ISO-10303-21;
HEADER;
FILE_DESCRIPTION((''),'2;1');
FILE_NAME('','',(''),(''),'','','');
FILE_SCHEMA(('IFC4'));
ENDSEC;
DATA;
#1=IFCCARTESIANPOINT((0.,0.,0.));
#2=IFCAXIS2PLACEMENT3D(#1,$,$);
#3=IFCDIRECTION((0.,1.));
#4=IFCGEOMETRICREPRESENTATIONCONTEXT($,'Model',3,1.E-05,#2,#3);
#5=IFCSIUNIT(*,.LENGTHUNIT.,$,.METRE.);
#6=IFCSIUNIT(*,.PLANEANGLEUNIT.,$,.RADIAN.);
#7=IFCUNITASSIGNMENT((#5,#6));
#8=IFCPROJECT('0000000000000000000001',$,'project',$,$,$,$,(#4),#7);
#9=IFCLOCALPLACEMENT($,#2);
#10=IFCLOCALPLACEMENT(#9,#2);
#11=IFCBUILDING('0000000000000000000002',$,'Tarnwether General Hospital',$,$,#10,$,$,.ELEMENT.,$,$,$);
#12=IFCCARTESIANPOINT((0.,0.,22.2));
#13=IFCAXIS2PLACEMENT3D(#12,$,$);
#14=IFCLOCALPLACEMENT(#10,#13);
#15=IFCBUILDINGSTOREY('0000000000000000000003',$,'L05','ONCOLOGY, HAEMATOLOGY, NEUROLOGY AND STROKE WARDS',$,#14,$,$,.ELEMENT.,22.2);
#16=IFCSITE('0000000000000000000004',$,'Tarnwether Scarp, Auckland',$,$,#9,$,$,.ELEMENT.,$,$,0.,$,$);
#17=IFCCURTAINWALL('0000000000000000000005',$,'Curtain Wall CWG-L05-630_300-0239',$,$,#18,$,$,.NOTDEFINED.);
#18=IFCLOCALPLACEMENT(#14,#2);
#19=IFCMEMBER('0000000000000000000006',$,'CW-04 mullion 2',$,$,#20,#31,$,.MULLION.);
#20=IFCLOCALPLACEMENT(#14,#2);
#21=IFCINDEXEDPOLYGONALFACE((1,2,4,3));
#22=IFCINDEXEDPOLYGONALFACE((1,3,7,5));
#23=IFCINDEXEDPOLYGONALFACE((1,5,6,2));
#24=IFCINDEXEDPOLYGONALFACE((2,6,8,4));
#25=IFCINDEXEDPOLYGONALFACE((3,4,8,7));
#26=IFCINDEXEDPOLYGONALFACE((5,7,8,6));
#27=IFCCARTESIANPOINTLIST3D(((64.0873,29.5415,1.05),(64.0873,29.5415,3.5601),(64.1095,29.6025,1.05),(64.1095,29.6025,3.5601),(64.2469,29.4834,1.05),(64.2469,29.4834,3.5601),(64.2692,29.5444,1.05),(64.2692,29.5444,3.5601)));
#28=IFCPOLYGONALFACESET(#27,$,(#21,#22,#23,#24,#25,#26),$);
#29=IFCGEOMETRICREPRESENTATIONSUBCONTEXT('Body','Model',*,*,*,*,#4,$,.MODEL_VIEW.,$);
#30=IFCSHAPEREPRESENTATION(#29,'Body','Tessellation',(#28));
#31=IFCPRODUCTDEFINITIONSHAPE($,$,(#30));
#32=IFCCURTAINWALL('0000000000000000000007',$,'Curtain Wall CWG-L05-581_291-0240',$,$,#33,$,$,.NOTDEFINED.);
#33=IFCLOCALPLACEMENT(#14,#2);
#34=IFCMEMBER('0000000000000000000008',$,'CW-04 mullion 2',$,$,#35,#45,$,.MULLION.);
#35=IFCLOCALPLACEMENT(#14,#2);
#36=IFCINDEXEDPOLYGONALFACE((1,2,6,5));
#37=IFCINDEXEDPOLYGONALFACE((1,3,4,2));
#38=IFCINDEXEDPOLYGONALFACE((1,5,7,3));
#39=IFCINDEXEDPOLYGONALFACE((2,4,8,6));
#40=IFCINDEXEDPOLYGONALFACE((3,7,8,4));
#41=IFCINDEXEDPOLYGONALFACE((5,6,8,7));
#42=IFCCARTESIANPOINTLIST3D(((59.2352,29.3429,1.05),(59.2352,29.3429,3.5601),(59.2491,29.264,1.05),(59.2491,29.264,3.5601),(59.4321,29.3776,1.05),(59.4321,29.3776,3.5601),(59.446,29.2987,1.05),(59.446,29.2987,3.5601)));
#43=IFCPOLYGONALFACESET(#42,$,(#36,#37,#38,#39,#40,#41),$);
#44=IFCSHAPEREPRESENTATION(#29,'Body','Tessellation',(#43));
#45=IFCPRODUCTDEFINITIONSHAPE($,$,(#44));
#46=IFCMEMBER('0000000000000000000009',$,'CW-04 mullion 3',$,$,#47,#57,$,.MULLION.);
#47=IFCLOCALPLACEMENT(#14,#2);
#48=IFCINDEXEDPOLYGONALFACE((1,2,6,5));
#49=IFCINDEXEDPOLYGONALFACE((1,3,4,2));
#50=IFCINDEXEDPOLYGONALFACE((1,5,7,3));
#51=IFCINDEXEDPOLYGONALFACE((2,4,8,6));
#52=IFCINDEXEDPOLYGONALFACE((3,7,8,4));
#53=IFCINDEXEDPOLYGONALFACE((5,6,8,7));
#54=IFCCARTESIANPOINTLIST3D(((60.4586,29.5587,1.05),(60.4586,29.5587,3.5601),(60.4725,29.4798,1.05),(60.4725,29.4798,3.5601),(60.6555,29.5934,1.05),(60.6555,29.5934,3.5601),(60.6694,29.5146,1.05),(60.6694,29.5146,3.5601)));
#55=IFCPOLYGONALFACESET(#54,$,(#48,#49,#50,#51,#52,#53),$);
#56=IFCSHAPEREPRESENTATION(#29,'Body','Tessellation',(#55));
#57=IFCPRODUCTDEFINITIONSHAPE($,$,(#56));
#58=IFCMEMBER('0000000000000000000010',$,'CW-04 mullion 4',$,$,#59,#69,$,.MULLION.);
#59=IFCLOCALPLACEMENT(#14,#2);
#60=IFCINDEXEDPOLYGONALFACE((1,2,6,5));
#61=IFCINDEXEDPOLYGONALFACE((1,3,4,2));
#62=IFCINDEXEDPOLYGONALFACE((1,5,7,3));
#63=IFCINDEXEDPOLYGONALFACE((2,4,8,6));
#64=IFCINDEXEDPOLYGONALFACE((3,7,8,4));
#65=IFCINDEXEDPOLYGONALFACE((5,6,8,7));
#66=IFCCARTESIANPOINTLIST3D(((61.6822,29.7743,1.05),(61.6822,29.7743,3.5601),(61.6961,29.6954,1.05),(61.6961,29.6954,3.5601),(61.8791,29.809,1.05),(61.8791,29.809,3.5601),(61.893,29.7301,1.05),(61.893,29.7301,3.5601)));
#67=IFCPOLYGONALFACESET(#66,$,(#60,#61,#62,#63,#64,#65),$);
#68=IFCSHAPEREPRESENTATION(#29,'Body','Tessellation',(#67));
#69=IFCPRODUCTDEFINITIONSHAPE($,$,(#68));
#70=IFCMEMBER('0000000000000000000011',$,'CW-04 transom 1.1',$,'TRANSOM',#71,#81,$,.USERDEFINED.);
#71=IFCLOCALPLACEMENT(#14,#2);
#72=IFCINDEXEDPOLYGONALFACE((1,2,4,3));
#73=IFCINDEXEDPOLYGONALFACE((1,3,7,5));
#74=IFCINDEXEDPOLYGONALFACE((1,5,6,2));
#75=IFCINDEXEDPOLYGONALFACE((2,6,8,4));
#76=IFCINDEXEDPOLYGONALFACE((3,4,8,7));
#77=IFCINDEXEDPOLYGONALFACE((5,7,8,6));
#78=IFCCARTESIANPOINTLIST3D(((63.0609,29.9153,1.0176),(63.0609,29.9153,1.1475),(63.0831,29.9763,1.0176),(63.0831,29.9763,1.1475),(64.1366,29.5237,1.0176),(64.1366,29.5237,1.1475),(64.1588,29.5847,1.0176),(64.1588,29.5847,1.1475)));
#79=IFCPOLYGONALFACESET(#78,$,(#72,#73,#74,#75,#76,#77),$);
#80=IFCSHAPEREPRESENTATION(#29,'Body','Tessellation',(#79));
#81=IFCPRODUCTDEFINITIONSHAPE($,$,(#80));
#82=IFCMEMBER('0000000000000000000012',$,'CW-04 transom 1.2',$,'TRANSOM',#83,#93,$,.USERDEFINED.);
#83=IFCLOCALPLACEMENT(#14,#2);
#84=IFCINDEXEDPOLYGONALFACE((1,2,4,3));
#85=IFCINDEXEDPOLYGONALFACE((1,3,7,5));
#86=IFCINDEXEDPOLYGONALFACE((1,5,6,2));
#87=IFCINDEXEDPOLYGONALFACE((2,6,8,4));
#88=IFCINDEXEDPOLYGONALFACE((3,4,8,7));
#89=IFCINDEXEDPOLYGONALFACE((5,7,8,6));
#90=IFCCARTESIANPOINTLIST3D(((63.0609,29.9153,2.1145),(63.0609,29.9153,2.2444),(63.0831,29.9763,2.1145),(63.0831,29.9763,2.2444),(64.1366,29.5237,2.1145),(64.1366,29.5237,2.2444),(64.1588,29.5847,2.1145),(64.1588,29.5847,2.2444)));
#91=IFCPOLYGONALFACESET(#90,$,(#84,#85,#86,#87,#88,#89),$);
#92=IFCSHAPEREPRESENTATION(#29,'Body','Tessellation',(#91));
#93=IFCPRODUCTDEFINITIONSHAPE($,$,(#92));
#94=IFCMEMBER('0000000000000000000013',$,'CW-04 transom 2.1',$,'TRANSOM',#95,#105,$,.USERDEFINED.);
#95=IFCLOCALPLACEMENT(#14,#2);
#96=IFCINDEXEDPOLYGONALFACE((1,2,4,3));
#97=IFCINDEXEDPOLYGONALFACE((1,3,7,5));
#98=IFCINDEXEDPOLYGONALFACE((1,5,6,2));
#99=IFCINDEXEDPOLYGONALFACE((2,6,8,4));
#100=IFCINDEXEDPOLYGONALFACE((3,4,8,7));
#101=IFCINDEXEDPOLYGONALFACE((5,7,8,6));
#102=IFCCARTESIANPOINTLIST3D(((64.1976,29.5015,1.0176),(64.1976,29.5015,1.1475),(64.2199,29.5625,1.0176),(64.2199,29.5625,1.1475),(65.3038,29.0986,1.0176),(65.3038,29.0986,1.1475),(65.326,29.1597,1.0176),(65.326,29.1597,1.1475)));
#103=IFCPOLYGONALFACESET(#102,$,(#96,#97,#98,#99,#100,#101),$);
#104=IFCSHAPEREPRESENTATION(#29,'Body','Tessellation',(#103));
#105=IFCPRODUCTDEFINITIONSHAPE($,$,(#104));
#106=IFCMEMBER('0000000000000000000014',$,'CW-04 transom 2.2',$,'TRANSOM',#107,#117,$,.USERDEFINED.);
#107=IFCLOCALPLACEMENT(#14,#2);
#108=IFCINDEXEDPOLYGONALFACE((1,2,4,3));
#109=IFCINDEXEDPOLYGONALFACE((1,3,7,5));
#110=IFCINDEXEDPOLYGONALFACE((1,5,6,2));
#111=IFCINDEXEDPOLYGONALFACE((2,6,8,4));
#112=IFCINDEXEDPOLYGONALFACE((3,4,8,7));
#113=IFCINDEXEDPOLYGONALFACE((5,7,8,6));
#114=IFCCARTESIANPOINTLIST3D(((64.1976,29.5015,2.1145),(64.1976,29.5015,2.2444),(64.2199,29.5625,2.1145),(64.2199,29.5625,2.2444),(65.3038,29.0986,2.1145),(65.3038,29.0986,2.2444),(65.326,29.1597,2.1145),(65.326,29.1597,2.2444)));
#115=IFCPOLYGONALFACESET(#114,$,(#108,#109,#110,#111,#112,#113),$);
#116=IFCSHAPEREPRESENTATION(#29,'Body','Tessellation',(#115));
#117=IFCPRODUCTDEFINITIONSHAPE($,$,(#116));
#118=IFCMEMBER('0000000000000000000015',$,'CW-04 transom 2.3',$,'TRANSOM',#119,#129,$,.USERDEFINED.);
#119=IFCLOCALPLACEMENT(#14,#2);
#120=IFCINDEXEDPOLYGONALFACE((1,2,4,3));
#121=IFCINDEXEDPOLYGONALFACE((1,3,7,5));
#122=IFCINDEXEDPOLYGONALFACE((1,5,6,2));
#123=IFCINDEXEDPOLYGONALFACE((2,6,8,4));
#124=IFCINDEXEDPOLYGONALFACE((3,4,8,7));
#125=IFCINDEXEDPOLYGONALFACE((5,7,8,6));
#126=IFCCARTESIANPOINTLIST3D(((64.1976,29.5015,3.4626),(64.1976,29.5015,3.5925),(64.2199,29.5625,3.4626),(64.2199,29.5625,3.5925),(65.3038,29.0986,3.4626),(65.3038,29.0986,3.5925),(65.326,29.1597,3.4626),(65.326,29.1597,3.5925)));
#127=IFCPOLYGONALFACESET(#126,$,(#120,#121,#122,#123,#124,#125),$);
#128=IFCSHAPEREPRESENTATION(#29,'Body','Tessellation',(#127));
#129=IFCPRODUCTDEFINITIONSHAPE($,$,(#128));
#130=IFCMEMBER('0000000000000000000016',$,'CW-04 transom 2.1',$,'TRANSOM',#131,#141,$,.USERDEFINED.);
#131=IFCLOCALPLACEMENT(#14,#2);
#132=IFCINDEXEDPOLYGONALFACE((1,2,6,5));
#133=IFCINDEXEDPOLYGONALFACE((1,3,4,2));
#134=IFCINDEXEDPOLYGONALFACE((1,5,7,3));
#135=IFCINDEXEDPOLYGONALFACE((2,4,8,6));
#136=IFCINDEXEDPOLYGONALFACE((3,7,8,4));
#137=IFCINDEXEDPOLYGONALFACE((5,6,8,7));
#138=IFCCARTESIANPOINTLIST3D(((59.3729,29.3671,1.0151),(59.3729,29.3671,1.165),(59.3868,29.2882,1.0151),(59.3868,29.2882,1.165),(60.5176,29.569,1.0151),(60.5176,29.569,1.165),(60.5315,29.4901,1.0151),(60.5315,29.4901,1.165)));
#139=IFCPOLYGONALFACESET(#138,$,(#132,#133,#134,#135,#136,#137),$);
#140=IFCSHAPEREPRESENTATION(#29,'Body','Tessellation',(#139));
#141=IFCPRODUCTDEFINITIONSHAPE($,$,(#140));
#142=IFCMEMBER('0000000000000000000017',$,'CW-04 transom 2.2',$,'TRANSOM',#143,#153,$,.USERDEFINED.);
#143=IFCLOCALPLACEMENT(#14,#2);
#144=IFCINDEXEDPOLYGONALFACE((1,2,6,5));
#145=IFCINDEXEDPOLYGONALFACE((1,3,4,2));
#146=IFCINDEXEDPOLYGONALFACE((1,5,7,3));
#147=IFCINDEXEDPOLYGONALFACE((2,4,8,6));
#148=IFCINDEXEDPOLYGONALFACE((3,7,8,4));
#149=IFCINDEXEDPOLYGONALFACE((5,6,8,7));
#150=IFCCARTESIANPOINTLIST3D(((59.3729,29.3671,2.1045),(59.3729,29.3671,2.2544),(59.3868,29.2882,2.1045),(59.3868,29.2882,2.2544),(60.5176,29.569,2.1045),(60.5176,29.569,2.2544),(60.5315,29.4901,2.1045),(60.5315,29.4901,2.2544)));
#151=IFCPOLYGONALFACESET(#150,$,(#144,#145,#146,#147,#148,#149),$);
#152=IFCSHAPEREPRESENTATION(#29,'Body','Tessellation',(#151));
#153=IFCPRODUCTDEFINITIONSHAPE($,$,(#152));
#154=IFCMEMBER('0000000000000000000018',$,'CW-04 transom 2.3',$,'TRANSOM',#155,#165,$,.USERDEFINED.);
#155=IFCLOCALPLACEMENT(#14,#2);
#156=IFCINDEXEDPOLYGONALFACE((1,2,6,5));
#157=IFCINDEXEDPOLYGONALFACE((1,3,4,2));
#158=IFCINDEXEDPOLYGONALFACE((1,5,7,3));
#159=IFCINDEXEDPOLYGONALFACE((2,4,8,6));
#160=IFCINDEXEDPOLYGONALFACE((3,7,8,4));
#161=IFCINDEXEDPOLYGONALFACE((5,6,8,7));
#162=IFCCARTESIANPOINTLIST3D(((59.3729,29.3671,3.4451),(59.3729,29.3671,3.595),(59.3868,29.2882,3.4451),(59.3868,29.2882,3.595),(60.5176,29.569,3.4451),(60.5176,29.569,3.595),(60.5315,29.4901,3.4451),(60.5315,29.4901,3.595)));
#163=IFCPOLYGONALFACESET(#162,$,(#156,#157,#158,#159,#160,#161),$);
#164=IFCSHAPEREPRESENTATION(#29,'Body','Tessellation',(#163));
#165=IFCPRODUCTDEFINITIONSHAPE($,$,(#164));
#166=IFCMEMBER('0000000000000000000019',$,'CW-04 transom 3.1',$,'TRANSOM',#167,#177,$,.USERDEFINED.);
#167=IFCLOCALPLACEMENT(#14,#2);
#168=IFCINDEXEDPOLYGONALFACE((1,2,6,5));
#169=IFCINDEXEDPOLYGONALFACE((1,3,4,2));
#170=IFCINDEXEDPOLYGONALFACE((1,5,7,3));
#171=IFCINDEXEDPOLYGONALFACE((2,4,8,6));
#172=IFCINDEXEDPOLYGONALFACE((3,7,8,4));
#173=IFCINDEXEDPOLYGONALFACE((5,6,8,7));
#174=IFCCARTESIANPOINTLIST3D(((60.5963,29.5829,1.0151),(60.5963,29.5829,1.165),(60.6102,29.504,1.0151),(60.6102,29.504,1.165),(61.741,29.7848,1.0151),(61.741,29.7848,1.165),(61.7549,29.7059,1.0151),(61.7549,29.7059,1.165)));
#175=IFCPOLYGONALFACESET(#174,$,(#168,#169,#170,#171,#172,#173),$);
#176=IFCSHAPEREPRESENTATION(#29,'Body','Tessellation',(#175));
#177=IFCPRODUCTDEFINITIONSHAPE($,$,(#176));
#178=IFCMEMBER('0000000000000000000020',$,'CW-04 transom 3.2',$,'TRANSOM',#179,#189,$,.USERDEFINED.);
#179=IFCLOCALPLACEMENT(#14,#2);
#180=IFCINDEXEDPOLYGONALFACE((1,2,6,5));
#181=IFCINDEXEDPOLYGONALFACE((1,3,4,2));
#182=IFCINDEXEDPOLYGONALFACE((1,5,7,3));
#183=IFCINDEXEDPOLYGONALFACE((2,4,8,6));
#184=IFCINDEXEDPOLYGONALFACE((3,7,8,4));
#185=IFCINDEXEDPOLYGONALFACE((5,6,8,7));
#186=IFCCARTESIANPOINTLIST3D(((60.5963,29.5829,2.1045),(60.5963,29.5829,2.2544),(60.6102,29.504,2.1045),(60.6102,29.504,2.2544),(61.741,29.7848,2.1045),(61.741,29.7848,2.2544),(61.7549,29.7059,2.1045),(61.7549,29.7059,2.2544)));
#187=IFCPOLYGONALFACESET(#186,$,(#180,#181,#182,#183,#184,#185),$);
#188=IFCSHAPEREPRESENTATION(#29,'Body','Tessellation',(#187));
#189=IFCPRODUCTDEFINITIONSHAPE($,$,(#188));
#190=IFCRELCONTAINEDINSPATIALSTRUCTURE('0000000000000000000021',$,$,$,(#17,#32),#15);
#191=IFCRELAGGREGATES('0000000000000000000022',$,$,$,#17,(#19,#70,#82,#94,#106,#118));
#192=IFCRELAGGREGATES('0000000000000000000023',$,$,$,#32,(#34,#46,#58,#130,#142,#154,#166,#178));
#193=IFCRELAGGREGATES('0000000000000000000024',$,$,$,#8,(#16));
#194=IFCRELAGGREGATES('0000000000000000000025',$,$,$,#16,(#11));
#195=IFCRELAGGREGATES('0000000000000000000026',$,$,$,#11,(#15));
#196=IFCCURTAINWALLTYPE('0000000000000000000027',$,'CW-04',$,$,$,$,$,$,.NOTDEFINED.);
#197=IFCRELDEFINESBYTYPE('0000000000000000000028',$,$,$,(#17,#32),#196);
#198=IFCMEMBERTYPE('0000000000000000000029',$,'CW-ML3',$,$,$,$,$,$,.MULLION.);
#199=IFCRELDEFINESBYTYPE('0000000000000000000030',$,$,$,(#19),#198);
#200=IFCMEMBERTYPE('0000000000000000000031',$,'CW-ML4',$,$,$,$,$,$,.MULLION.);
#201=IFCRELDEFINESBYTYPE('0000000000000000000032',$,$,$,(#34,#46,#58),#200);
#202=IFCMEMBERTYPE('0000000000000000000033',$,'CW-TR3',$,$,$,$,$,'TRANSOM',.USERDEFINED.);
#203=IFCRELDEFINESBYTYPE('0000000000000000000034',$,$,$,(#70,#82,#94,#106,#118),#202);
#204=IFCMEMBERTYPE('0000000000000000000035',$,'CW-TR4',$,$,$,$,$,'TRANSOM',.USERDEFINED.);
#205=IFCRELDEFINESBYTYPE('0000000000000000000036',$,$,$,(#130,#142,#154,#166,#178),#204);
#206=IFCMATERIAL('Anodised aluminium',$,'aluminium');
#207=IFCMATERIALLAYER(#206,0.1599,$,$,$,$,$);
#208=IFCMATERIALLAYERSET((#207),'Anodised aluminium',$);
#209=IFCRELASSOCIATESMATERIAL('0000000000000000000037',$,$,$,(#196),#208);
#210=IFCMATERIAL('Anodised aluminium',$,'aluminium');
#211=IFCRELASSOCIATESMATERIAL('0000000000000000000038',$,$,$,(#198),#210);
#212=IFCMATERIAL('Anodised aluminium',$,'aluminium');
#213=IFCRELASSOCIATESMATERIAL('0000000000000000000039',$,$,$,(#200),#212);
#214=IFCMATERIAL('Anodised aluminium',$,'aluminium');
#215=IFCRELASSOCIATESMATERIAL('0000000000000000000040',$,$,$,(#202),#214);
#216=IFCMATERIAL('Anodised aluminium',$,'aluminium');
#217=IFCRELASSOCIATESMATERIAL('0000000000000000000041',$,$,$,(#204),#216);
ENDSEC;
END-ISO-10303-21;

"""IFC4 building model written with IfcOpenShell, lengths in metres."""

from ifc_helpers import new_model, si_unit, direction, frame, origin, origin_2d, place, context, subcontext, project, spatial, rectangle, extrude, material, layer, layer_set, material_profile, profile_set, type_object, element, aggregate, save


model = new_model("IFC4")

# Units and contexts
model_context = context("Model", 3, precision=1e-05, world=origin(), true_north=direction((0.0, 1.0)))
body_context = subcontext(model_context, "Body", "Model", "MODEL_VIEW")
ifc_project = project(units=[si_unit("LENGTHUNIT", "METRE"), si_unit("PLANEANGLEUNIT", "RADIAN")], contexts=[model_context])

# Site, building, storey
site_placement = place(None, origin())
site = spatial("IfcSite", under=ifc_project, at=site_placement, Name="Tarnwether Scarp, Auckland", CompositionType="ELEMENT", RefElevation=0.0)
building_placement = place(site_placement, origin())
building = spatial("IfcBuilding", under=site, at=building_placement, Name="Tarnwether General Hospital", CompositionType="ELEMENT")
storey_placement = place(building_placement, frame((0.0, 0.0, 22.2)))
storey = spatial("IfcBuildingStorey", under=building, at=storey_placement, Name="L05", Description="ONCOLOGY, HAEMATOLOGY, NEUROLOGY AND STROKE WARDS", CompositionType="ELEMENT", Elevation=22.2)

# Curtain wall, member
ifc_material_1 = material(Name="Anodised aluminium", Category="aluminium")
ifc_layer_1 = layer(ifc_material_1, 0.1599)
ifc_layer_set_1 = layer_set([ifc_layer_1], Name="Anodised aluminium")
curtain_wall_type = type_object("IfcCurtainWallType", Name="CW-04", PredefinedType="NOTDEFINED", material=ifc_layer_set_1)
curtain_wall_1_placement = place(storey_placement, origin())
curtain_wall_1 = element("IfcCurtainWall", 1, at=curtain_wall_1_placement, inside=storey, type_object=curtain_wall_type, Name="Curtain Wall CWG-L05-630_300-0239", PredefinedType="NOTDEFINED")
ifc_material_2 = material(Name="Anodised aluminium", Category="aluminium")
ifc_material_profile_1 = material_profile(ifc_material_2, rectangle(XDim=0.0649, YDim=0.1699, at=origin_2d()), Name="ALU-MUL-65x170")
ifc_profile_set_1 = profile_set([ifc_material_profile_1], Name="Anodised aluminium")
member_type_1 = type_object("IfcMemberType", Name="CW-ML3", PredefinedType="MULLION", material=ifc_profile_set_1)
member_1_placement = place(storey_placement, frame((64.1782, 29.543, 1.05), z_axis=(0.0, 0.0, 1.0), x_axis=(0.342131, 0.939652, 0.0)))
member_1 = element("IfcMember", 2, at=member_1_placement, type_object=member_type_1, Name="CW-04 mullion 2", PredefinedType="MULLION", context=body_context, shape_type="SweptSolid", body=[
    extrude(rectangle(XDim=0.0649, YDim=0.1699, at=origin_2d()), origin(), (0.0, 0.0, 1.0), 2.51),
])

# Curtain wall, members
curtain_wall_2_placement = place(storey_placement, origin())
curtain_wall_2 = element("IfcCurtainWall", 3, at=curtain_wall_2_placement, inside=storey, type_object=curtain_wall_type, Name="Curtain Wall CWG-L05-581_291-0240", PredefinedType="NOTDEFINED")
ifc_material_3 = material(Name="Anodised aluminium", Category="aluminium")
ifc_material_profile_2 = material_profile(ifc_material_3, rectangle(XDim=0.0801, YDim=0.2, at=origin_2d()), Name="ALU-MUL-80x200")
ifc_profile_set_2 = profile_set([ifc_material_profile_2], Name="Anodised aluminium")
member_type_2 = type_object("IfcMemberType", Name="CW-ML4", PredefinedType="MULLION", material=ifc_profile_set_2)
member_2_placement = place(storey_placement, frame((59.3406, 29.3208, 1.05), z_axis=(0.0, 0.0, 1.0), x_axis=(-0.173659, 0.984806, 0.0)))
member_2 = element("IfcMember", 4, at=member_2_placement, type_object=member_type_2, Name="CW-04 mullion 2", PredefinedType="MULLION", context=body_context, shape_type="SweptSolid", body=[
    extrude(rectangle(XDim=0.0801, YDim=0.2, at=origin_2d()), origin(), (0.0, 0.0, 1.0), 2.51),
])
member_3_placement = place(storey_placement, frame((60.564, 29.5366, 1.05), z_axis=(0.0, 0.0, 1.0), x_axis=(-0.173659, 0.984806, 0.0)))
member_3 = element("IfcMember", 5, at=member_3_placement, type_object=member_type_2, Name="CW-04 mullion 3", PredefinedType="MULLION", context=body_context, shape_type="SweptSolid", body=[
    extrude(rectangle(XDim=0.0801, YDim=0.2, at=origin_2d()), origin(), (0.0, 0.0, 1.0), 2.51),
])
member_4_placement = place(storey_placement, frame((61.7876, 29.7522, 1.05), z_axis=(0.0, 0.0, 1.0), x_axis=(-0.173659, 0.984806, 0.0)))
member_4 = element("IfcMember", 6, at=member_4_placement, type_object=member_type_2, Name="CW-04 mullion 4", PredefinedType="MULLION", context=body_context, shape_type="SweptSolid", body=[
    extrude(rectangle(XDim=0.0801, YDim=0.2, at=origin_2d()), origin(), (0.0, 0.0, 1.0), 2.51),
])

# Members
ifc_material_4 = material(Name="Anodised aluminium", Category="aluminium")
ifc_material_profile_3 = material_profile(ifc_material_4, rectangle(XDim=0.0649, YDim=0.1299, at=origin_2d()), Name="ALU-TRN-65x130")
ifc_profile_set_3 = profile_set([ifc_material_profile_3], Name="Anodised aluminium")
member_type_3 = type_object("IfcMemberType", Name="CW-TR3", ElementType="TRANSOM", PredefinedType="USERDEFINED", material=ifc_profile_set_3)
member_5_placement = place(storey_placement, frame((63.072, 29.9458, 1.0825), z_axis=(0.939669, -0.342086, 0.0), x_axis=(0.342086, 0.939669, 0.0)))
member_5 = element("IfcMember", 7, at=member_5_placement, type_object=member_type_3, Name="CW-04 transom 1.1", ObjectType="TRANSOM", PredefinedType="USERDEFINED", context=body_context, shape_type="SweptSolid", body=[
    extrude(rectangle(XDim=0.0649, YDim=0.1299, at=origin_2d()), origin(), (0.0, 0.0, 1.0), 1.1448),
])
member_6_placement = place(storey_placement, frame((63.072, 29.9458, 2.1794), z_axis=(0.939669, -0.342086, 0.0), x_axis=(0.342086, 0.939669, 0.0)))
member_6 = element("IfcMember", 8, at=member_6_placement, type_object=member_type_3, Name="CW-04 transom 1.2", ObjectType="TRANSOM", PredefinedType="USERDEFINED", context=body_context, shape_type="SweptSolid", body=[
    extrude(rectangle(XDim=0.0649, YDim=0.1299, at=origin_2d()), origin(), (0.0, 0.0, 1.0), 1.1448),
])
member_7_placement = place(storey_placement, frame((64.2087, 29.532, 1.0825), z_axis=(0.939636, -0.342176, 0.0), x_axis=(0.342176, 0.939636, 0.0)))
member_7 = element("IfcMember", 9, at=member_7_placement, type_object=member_type_3, Name="CW-04 transom 2.1", ObjectType="TRANSOM", PredefinedType="USERDEFINED", context=body_context, shape_type="SweptSolid", body=[
    extrude(rectangle(XDim=0.0649, YDim=0.1299, at=origin_2d()), origin(), (0.0, 0.0, 1.0), 1.1772),
])
member_8_placement = place(storey_placement, frame((64.2087, 29.532, 2.1794), z_axis=(0.939636, -0.342176, 0.0), x_axis=(0.342176, 0.939636, 0.0)))
member_8 = element("IfcMember", 10, at=member_8_placement, type_object=member_type_3, Name="CW-04 transom 2.2", ObjectType="TRANSOM", PredefinedType="USERDEFINED", context=body_context, shape_type="SweptSolid", body=[
    extrude(rectangle(XDim=0.0649, YDim=0.1299, at=origin_2d()), origin(), (0.0, 0.0, 1.0), 1.1772),
])
member_9_placement = place(storey_placement, frame((64.2087, 29.532, 3.5276), z_axis=(0.939636, -0.342176, 0.0), x_axis=(0.342176, 0.939636, 0.0)))
member_9 = element("IfcMember", 11, at=member_9_placement, type_object=member_type_3, Name="CW-04 transom 2.3", ObjectType="TRANSOM", PredefinedType="USERDEFINED", context=body_context, shape_type="SweptSolid", body=[
    extrude(rectangle(XDim=0.0649, YDim=0.1299, at=origin_2d()), origin(), (0.0, 0.0, 1.0), 1.1772),
])
ifc_material_5 = material(Name="Anodised aluminium", Category="aluminium")
ifc_material_profile_4 = material_profile(ifc_material_5, rectangle(XDim=0.0801, YDim=0.1499, at=origin_2d()), Name="ALU-TRN-80x150")
ifc_profile_set_4 = profile_set([ifc_material_profile_4], Name="Anodised aluminium")
member_type_4 = type_object("IfcMemberType", Name="CW-TR4", ElementType="TRANSOM", PredefinedType="USERDEFINED", material=ifc_profile_set_4)
member_10_placement = place(storey_placement, frame((59.3799, 29.3276, 1.0901), z_axis=(0.9848, 0.173689, 0.0), x_axis=(-0.173689, 0.9848, 0.0)))
member_10 = element("IfcMember", 12, at=member_10_placement, type_object=member_type_4, Name="CW-04 transom 2.1", ObjectType="TRANSOM", PredefinedType="USERDEFINED", context=body_context, shape_type="SweptSolid", body=[
    extrude(rectangle(XDim=0.0801, YDim=0.1499, at=origin_2d()), origin(), (0.0, 0.0, 1.0), 1.1624),
])
member_11_placement = place(storey_placement, frame((59.3799, 29.3276, 2.1794), z_axis=(0.9848, 0.173689, 0.0), x_axis=(-0.173689, 0.9848, 0.0)))
member_11 = element("IfcMember", 13, at=member_11_placement, type_object=member_type_4, Name="CW-04 transom 2.2", ObjectType="TRANSOM", PredefinedType="USERDEFINED", context=body_context, shape_type="SweptSolid", body=[
    extrude(rectangle(XDim=0.0801, YDim=0.1499, at=origin_2d()), origin(), (0.0, 0.0, 1.0), 1.1624),
])
member_12_placement = place(storey_placement, frame((59.3799, 29.3276, 3.52), z_axis=(0.9848, 0.173689, 0.0), x_axis=(-0.173689, 0.9848, 0.0)))
member_12 = element("IfcMember", 14, at=member_12_placement, type_object=member_type_4, Name="CW-04 transom 2.3", ObjectType="TRANSOM", PredefinedType="USERDEFINED", context=body_context, shape_type="SweptSolid", body=[
    extrude(rectangle(XDim=0.0801, YDim=0.1499, at=origin_2d()), origin(), (0.0, 0.0, 1.0), 1.1624),
])
member_13_placement = place(storey_placement, frame((60.6033, 29.5435, 1.0901), z_axis=(0.9848, 0.173689, 0.0), x_axis=(-0.173689, 0.9848, 0.0)))
member_13 = element("IfcMember", 15, at=member_13_placement, type_object=member_type_4, Name="CW-04 transom 3.1", ObjectType="TRANSOM", PredefinedType="USERDEFINED", context=body_context, shape_type="SweptSolid", body=[
    extrude(rectangle(XDim=0.0801, YDim=0.1499, at=origin_2d()), origin(), (0.0, 0.0, 1.0), 1.1624),
])
member_14_placement = place(storey_placement, frame((60.6033, 29.5435, 2.1794), z_axis=(0.9848, 0.173689, 0.0), x_axis=(-0.173689, 0.9848, 0.0)))
member_14 = element("IfcMember", 16, at=member_14_placement, type_object=member_type_4, Name="CW-04 transom 3.2", ObjectType="TRANSOM", PredefinedType="USERDEFINED", context=body_context, shape_type="SweptSolid", body=[
    extrude(rectangle(XDim=0.0801, YDim=0.1499, at=origin_2d()), origin(), (0.0, 0.0, 1.0), 1.1624),
])

aggregate(curtain_wall_1, [member_1, member_5, member_6, member_7, member_8, member_9])
aggregate(curtain_wall_2, [member_2, member_3, member_4, member_10, member_11, member_12, member_13, member_14])

save(model, "model.ifc")
